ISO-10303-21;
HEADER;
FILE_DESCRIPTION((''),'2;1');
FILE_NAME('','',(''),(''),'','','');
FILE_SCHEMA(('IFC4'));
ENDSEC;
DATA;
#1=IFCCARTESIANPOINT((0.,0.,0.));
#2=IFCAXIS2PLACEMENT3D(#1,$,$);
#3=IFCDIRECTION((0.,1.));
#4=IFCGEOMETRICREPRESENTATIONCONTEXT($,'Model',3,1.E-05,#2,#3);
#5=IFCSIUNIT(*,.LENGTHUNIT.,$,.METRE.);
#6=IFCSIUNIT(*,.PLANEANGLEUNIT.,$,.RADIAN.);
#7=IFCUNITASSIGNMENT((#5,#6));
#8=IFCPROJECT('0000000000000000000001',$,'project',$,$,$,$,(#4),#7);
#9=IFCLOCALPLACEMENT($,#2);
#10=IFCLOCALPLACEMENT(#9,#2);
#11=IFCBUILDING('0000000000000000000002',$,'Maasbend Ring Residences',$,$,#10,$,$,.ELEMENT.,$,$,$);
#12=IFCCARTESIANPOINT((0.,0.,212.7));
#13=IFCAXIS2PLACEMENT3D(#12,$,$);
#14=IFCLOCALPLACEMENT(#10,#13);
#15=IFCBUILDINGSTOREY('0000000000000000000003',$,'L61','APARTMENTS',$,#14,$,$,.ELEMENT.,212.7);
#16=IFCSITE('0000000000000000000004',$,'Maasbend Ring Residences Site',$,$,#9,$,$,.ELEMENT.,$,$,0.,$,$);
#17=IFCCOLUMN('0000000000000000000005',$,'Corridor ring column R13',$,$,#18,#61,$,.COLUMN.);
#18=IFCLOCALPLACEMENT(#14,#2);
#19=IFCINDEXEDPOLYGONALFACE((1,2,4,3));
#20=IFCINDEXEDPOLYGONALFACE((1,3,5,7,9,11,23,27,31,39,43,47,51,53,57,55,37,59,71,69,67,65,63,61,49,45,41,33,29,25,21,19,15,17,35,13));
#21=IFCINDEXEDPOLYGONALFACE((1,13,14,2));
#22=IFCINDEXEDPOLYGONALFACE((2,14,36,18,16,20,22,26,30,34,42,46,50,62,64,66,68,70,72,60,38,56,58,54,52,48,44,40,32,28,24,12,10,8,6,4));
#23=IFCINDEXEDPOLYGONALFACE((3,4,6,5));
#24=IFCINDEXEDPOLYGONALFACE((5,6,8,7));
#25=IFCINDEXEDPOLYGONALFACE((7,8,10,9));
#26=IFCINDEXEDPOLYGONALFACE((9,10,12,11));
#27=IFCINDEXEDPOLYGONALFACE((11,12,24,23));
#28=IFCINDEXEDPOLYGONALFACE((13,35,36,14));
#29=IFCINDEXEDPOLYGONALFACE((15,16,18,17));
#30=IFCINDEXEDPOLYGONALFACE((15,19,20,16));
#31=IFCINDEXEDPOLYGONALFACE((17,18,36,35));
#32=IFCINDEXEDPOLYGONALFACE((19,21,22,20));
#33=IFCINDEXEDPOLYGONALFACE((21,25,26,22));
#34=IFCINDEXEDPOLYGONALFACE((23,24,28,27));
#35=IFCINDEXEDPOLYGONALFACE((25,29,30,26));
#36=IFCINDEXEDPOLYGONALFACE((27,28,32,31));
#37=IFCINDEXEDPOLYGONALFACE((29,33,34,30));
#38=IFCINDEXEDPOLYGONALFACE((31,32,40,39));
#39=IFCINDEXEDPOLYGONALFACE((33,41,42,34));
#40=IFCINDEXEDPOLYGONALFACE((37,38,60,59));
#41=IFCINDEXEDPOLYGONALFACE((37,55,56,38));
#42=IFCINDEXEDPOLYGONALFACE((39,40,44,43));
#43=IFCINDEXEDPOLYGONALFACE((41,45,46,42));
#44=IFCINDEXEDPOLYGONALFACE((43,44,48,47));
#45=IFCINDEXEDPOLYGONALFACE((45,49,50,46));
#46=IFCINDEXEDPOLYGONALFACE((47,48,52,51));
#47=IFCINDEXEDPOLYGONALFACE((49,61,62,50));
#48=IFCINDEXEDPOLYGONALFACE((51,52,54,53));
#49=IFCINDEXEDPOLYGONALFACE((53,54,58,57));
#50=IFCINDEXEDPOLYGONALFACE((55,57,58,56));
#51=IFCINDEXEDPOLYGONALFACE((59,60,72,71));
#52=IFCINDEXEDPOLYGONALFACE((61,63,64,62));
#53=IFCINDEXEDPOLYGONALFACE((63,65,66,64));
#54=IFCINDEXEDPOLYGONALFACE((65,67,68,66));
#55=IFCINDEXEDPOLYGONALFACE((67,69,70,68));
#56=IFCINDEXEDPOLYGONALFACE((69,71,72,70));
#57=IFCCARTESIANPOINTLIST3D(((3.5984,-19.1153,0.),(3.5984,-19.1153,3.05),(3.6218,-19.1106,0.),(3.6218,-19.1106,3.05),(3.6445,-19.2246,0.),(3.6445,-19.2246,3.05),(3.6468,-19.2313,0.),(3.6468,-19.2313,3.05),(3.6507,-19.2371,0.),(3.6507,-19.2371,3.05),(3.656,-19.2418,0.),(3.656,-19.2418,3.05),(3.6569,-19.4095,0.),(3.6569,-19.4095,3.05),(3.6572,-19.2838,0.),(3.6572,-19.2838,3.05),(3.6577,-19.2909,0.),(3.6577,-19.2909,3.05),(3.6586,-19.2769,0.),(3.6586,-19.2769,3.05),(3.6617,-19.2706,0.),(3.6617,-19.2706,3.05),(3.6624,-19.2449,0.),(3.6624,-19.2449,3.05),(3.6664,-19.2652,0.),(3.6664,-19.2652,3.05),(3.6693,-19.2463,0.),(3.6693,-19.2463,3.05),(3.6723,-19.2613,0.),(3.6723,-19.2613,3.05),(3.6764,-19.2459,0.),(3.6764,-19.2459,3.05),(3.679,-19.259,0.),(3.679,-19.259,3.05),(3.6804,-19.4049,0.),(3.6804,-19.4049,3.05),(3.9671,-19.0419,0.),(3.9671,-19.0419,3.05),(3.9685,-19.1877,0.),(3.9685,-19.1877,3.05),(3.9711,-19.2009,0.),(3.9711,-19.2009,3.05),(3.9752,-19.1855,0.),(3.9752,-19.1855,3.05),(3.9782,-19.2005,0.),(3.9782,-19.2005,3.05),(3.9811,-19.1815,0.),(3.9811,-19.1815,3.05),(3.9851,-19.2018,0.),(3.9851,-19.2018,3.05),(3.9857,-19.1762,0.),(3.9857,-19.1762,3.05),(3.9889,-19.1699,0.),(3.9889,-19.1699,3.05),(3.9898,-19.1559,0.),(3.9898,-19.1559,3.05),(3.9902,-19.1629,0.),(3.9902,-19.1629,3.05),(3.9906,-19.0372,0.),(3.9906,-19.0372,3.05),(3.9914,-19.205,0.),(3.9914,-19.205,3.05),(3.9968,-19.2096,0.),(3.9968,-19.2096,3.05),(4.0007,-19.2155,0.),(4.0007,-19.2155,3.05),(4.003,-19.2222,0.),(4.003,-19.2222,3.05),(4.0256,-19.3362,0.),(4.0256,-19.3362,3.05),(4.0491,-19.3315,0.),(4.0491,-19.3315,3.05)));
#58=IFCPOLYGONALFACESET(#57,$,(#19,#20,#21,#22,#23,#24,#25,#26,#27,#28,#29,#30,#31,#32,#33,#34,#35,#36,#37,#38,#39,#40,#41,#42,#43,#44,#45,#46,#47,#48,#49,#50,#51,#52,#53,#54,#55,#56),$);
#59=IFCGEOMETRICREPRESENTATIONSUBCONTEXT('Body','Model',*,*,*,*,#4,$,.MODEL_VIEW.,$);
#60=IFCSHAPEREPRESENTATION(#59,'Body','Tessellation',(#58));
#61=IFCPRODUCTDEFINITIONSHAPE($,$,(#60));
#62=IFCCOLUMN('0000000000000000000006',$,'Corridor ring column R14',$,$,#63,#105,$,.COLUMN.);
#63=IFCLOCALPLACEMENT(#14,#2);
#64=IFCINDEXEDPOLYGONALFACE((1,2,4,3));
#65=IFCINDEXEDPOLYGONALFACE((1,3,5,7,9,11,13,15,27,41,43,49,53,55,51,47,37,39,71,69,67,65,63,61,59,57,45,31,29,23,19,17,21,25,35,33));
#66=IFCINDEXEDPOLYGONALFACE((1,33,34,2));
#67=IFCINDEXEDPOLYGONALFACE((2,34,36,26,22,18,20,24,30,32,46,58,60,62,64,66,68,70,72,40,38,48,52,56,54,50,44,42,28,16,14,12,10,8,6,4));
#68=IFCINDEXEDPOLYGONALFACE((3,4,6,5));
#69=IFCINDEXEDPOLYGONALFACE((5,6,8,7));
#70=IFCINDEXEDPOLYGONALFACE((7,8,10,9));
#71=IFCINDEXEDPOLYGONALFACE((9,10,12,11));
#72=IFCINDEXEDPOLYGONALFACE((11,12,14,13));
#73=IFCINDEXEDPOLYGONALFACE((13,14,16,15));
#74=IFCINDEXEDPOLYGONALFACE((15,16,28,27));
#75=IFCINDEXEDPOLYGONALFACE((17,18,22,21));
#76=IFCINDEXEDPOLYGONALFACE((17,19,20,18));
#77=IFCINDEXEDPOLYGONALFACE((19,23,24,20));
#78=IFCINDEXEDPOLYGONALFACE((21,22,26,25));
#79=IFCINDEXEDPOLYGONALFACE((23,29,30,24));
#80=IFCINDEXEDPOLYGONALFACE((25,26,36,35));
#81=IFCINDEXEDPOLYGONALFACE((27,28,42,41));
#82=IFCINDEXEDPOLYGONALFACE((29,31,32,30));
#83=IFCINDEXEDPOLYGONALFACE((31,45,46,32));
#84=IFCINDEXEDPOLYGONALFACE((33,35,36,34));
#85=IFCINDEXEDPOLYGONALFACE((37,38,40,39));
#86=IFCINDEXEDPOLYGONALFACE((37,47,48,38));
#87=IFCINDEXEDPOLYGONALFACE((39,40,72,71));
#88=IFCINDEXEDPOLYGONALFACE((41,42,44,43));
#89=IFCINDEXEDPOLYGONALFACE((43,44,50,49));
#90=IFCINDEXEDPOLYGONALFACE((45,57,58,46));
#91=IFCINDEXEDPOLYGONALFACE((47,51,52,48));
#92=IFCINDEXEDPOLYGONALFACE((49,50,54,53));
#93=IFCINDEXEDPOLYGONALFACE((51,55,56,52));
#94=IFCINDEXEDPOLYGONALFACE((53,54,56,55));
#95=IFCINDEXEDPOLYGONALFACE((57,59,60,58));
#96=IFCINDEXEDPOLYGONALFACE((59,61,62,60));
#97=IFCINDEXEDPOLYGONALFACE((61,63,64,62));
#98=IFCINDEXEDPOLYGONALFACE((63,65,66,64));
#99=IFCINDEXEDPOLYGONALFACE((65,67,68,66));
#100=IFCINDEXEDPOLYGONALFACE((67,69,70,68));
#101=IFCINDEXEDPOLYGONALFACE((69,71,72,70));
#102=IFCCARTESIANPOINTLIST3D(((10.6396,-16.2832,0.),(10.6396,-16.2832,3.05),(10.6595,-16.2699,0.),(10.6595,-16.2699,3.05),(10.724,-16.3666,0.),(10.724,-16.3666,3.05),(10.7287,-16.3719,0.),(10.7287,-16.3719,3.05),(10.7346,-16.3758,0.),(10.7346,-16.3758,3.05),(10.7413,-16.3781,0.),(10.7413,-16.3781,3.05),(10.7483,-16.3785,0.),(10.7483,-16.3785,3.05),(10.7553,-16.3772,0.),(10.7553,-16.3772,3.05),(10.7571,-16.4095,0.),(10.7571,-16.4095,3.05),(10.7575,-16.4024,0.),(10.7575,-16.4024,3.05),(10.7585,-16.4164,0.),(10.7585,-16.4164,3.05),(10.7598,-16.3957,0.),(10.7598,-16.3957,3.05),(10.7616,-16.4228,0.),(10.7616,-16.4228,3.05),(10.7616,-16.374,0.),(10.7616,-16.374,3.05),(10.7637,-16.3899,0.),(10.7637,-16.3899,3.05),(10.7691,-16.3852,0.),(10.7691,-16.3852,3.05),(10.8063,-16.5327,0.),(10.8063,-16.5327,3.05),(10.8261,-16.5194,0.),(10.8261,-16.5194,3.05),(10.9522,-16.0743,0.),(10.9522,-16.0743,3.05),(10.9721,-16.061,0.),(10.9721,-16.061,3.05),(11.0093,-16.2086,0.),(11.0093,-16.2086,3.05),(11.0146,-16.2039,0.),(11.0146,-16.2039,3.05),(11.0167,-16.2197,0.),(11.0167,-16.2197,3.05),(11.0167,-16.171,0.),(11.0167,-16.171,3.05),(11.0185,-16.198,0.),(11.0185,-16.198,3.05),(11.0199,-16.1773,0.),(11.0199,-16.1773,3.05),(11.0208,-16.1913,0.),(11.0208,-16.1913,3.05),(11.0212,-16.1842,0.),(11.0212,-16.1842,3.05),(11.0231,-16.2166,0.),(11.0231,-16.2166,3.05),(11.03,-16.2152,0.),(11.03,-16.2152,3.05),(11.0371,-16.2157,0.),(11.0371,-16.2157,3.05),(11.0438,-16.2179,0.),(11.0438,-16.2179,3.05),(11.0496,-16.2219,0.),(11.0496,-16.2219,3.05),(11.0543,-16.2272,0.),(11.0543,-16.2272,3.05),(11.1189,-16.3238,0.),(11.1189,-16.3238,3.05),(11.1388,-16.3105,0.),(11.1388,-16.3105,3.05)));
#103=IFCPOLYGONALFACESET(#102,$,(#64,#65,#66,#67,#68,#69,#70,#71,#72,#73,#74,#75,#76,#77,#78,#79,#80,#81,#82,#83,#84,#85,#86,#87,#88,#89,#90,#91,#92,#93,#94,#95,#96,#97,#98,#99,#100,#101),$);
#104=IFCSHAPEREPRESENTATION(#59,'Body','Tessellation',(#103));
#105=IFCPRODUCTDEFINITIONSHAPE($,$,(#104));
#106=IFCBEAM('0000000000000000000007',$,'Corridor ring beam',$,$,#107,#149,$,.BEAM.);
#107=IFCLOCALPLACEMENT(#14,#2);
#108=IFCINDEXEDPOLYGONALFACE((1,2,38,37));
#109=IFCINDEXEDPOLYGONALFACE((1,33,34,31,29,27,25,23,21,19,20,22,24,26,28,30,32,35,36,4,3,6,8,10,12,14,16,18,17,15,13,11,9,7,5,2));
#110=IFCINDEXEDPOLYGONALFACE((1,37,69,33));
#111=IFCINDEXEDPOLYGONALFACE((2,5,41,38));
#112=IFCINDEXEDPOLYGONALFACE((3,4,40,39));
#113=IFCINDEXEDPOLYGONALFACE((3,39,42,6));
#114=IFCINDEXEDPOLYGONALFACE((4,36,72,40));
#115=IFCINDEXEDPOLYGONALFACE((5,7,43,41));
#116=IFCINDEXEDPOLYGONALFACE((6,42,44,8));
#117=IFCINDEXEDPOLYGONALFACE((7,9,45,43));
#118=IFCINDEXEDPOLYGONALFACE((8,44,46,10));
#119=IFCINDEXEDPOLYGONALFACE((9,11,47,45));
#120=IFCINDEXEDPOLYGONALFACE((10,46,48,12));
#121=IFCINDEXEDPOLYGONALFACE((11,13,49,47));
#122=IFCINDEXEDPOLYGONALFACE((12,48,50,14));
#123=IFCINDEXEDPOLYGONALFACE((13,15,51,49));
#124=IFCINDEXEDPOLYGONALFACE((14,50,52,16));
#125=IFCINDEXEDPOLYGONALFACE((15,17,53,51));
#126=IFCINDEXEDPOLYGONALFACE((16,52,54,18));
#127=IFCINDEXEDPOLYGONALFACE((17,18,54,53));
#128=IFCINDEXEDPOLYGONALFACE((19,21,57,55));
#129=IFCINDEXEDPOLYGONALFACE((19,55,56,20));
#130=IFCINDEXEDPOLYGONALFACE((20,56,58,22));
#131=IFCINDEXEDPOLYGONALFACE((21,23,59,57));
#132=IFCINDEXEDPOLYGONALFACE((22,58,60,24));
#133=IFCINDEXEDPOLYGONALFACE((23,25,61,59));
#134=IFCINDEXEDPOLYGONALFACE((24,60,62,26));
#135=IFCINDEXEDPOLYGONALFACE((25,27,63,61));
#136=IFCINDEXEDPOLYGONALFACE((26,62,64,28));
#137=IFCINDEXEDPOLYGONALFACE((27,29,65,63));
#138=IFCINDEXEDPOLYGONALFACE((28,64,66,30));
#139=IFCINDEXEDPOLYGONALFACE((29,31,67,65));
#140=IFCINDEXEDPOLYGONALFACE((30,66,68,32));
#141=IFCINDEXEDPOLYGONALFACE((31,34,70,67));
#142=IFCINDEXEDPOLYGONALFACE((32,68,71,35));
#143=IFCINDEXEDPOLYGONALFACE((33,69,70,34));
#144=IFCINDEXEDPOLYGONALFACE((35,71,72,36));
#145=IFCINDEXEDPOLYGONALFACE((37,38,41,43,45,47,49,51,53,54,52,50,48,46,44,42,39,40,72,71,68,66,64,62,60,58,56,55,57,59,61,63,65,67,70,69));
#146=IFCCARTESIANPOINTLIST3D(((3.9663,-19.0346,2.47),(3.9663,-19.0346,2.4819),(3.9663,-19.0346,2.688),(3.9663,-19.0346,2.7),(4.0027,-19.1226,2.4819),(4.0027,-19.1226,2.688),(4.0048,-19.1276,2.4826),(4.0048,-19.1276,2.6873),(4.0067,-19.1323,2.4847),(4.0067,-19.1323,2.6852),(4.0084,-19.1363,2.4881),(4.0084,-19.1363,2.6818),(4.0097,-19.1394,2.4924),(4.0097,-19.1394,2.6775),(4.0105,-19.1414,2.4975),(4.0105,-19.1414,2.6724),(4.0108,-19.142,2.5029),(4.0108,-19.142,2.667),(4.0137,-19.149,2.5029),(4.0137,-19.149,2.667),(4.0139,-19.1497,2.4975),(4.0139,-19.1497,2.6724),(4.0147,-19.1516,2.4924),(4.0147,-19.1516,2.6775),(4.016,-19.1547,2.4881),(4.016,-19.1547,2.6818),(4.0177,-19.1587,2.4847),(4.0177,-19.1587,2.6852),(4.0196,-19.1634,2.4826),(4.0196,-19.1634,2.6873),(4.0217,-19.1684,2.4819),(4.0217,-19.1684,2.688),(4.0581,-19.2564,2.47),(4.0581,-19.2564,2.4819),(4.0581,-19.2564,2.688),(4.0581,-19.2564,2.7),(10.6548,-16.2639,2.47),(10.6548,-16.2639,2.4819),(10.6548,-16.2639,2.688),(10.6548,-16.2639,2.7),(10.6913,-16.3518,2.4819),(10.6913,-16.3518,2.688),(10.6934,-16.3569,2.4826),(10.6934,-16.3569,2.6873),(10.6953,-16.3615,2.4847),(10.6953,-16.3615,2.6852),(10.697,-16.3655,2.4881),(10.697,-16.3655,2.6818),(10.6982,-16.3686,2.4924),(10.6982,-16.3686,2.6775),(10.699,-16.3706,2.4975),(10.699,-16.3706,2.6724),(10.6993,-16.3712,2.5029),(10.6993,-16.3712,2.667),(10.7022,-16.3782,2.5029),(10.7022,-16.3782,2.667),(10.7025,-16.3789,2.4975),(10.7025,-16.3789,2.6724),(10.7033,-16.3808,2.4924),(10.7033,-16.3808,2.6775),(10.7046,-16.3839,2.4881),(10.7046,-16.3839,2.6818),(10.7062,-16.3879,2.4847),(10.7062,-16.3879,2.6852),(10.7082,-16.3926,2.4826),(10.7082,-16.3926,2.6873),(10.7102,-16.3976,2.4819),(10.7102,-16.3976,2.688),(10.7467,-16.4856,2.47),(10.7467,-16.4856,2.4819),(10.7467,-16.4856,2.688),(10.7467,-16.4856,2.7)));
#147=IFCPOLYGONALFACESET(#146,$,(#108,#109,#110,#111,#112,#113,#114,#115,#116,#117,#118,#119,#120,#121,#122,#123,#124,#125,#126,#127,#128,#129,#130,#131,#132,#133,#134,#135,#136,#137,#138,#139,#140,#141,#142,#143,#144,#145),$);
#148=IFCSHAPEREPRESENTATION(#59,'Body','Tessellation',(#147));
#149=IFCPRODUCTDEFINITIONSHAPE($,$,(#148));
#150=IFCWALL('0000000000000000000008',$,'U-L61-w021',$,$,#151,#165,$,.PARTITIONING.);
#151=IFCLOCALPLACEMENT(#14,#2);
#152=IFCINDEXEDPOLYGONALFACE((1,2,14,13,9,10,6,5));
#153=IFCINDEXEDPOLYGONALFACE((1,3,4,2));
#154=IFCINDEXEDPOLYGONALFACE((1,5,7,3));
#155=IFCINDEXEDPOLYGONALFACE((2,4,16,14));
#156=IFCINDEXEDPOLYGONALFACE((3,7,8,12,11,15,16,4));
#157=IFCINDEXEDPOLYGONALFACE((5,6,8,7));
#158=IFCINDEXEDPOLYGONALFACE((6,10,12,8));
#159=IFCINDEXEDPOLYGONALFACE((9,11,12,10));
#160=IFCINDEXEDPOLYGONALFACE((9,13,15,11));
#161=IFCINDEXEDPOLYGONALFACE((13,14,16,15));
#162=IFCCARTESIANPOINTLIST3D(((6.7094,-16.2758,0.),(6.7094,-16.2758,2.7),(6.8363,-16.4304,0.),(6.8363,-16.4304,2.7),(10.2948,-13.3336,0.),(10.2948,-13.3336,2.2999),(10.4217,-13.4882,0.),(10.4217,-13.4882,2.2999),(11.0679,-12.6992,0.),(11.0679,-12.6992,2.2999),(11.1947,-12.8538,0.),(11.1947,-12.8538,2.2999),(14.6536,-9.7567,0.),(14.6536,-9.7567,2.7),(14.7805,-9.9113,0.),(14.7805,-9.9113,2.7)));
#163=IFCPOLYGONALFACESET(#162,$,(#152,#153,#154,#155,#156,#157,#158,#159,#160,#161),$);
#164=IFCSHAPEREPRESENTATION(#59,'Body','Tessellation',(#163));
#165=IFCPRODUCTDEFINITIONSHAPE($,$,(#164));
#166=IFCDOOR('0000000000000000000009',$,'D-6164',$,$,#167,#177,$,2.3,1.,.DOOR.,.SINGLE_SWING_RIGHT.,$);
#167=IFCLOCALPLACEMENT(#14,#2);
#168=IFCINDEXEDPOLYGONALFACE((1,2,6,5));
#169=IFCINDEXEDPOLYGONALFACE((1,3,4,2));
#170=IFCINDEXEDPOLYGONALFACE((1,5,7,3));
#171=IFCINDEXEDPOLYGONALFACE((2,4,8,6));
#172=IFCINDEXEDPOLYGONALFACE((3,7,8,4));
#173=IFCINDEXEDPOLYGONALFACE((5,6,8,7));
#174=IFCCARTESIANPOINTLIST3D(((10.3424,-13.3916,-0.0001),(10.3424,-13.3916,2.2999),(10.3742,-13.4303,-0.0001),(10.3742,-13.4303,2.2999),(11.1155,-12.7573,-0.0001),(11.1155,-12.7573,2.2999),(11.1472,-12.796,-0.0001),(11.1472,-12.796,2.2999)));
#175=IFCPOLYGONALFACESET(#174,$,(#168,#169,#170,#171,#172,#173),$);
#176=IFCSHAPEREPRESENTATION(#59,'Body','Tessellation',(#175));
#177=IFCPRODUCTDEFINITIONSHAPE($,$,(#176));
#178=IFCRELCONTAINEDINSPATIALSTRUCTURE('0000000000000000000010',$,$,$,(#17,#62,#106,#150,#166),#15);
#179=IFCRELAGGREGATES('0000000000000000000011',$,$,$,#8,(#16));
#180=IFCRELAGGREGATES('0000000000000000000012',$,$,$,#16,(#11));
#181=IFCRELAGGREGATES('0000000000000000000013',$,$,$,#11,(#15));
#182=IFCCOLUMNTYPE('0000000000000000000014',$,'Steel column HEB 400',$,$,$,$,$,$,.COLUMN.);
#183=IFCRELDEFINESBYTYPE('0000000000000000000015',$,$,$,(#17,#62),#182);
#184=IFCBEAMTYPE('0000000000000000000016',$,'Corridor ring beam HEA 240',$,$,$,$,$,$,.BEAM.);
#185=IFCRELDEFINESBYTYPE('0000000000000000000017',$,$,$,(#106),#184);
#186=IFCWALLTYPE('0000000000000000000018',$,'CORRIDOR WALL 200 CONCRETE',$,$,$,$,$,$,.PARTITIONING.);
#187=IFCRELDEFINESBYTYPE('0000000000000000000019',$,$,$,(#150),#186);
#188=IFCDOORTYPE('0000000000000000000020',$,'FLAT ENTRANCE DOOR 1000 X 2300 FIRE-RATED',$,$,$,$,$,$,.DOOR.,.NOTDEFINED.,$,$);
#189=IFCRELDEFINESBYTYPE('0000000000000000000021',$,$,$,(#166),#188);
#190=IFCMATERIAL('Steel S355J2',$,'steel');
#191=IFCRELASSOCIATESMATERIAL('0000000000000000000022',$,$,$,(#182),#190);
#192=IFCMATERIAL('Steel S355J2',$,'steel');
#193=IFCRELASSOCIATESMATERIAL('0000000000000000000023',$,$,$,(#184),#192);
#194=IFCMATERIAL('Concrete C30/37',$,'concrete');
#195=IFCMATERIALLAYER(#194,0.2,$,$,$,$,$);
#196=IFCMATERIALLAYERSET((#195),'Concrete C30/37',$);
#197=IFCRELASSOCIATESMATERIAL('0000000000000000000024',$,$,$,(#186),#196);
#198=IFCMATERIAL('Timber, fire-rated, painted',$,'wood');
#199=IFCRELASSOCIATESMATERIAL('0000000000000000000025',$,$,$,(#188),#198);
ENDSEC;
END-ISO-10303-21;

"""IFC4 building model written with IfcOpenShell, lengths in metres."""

from ifc_helpers import new_model, si_unit, direction, frame, frame_2d, origin, origin_2d, place, context, subcontext, project, spatial, rectangle, i_section, extrude, material, layer, layer_set, material_profile, profile_set, type_object, element, fill, save


model = new_model("IFC4")

# Units and contexts
model_context = context("Model", 3, precision=1e-05, world=origin(), true_north=direction((0.0, 1.0)))
body_context = subcontext(model_context, "Body", "Model", "MODEL_VIEW")
ifc_project = project(units=[si_unit("LENGTHUNIT", "METRE"), si_unit("PLANEANGLEUNIT", "RADIAN")], contexts=[model_context])

# Site, building, storey
site_placement = place(None, origin())
site = spatial("IfcSite", under=ifc_project, at=site_placement, Name="Maasbend Ring Residences Site", CompositionType="ELEMENT", RefElevation=0.0)
building_placement = place(site_placement, origin())
building = spatial("IfcBuilding", under=site, at=building_placement, Name="Maasbend Ring Residences", CompositionType="ELEMENT")
storey_placement = place(building_placement, frame((0.0, 0.0, 212.7)))
storey = spatial("IfcBuildingStorey", under=building, at=storey_placement, Name="L61", Description="APARTMENTS", CompositionType="ELEMENT", Elevation=212.7)

# Columns
ifc_material_1 = material(Name="Steel S355J2", Category="steel")
ifc_material_profile_1 = material_profile(ifc_material_1, i_section(OverallWidth=0.3, OverallDepth=0.3999, WebThickness=0.0134, FlangeThickness=0.0239, FilletRadius=0.0271, at=origin_2d()), Name="HEB 400")
ifc_profile_set_1 = profile_set([ifc_material_profile_1], Name="Steel S355J2")
column_type = type_object("IfcColumnType", Name="Steel column HEB 400", PredefinedType="COLUMN", material=ifc_profile_set_1)
for number, where, z_axis, x_axis, name in (
    (1, (3.8237, -19.2234, 0.0), (0.0, 0.0, 1.0), (0.19509, -0.980785, 0.0), "Corridor ring column R13"),
    (2, (10.8892, -16.2969, 0.0), (0.0, 0.0, 1.0), (0.55557, -0.83147, 0.0), "Corridor ring column R14"),
):
    element("IfcColumn", number, at=place(storey_placement, frame(where, z_axis=z_axis, x_axis=x_axis)), inside=storey, type_object=column_type, Name=name, PredefinedType="COLUMN", context=body_context, shape_type="SweptSolid", body=[
        extrude(i_section(OverallWidth=0.3, OverallDepth=0.3999, WebThickness=0.0134, FlangeThickness=0.0239, FilletRadius=0.0271, at=origin_2d()), origin(), (0.0, 0.0, 1.0), 3.05),
    ])

# Beam
ifc_material_2 = material(Name="Steel S355J2", Category="steel")
ifc_material_profile_2 = material_profile(ifc_material_2, i_section(OverallWidth=0.24, OverallDepth=0.23, WebThickness=0.0076, FlangeThickness=0.012, FilletRadius=0.021, at=origin_2d()), Name="HEA 240")
ifc_profile_set_2 = profile_set([ifc_material_profile_2], Name="Steel S355J2")
beam_type = type_object("IfcBeamType", Name="Corridor ring beam HEA 240", PredefinedType="BEAM", material=ifc_profile_set_2)
beam_placement = place(storey_placement, frame((4.0122, -19.1455, 2.585), z_axis=(0.923865, 0.382718, 0.0), x_axis=(-0.382718, 0.923865, 0.0)))
element("IfcBeam", 3, at=beam_placement, inside=storey, type_object=beam_type, Name="Corridor ring beam", PredefinedType="BEAM", context=body_context, shape_type="SweptSolid", body=[
    extrude(i_section(OverallWidth=0.24, OverallDepth=0.23, WebThickness=0.0076, FlangeThickness=0.012, FilletRadius=0.021, at=origin_2d()), origin(), (0.0, 0.0, 1.0), 7.2397),
])

# Wall, opening, door
ifc_material_3 = material(Name="Concrete C30/37", Category="concrete")
ifc_layer_1 = layer(ifc_material_3, 0.2)
ifc_layer_set_1 = layer_set([ifc_layer_1], Name="Concrete C30/37")
wall_type_1 = type_object("IfcWallType", Name="CORRIDOR WALL 200 CONCRETE", PredefinedType="PARTITIONING", material=ifc_layer_set_1)
wall_1_placement = place(storey_placement, frame((6.7729, -16.353, 0.0), z_axis=(0.0, 0.0, 1.0), x_axis=(0.773035, 0.634364, 0.0)))
wall_1 = element("IfcWall", 4, at=wall_1_placement, inside=storey, type_object=wall_type_1, Name="U-L61-w021", PredefinedType="PARTITIONING", context=body_context, shape_type="SweptSolid", body=[
    extrude(rectangle(XDim=10.2766, YDim=0.2, at=frame_2d((5.1382, 0.0))), origin(), (0.0, 0.0, 1.0), 2.7),
])
opening_1_placement = place(wall_1_placement, frame((4.6379, 0.0, 0.0)))
opening_1 = element("IfcOpeningElement", 5, at=opening_1_placement, cuts=wall_1, PredefinedType="OPENING", context=body_context, shape_type="SweptSolid", body=[
    extrude(rectangle(XDim=1.0, YDim=2.3, at=frame_2d((0.5, 1.1499))), frame((0.0, 0.1099, 0.0), z_axis=(0.0, -1.0, 0.0), x_axis=(1.0, 0.0, 0.0)), (0.0, 0.0, 1.0), 0.22),
])
ifc_material_4 = material(Name="Timber, fire-rated, painted", Category="wood")
door_type_1 = type_object("IfcDoorType", Name="FLAT ENTRANCE DOOR 1000 X 2300 FIRE-RATED", OperationType="NOTDEFINED", PredefinedType="DOOR", material=ifc_material_4)
door_1_placement = place(opening_1_placement, origin())
door_1 = element("IfcDoor", 6, at=door_1_placement, inside=storey, type_object=door_type_1, Name="D-6164", OperationType="SINGLE_SWING_RIGHT", OverallHeight=2.3, OverallWidth=1.0, PredefinedType="DOOR", context=body_context, shape_type="SweptSolid", body=[
    extrude(rectangle(XDim=1.0, YDim=2.3, at=frame_2d((0.5, 1.1499))), frame((0.0, 0.0249, 0.0), z_axis=(0.0, -1.0, 0.0), x_axis=(1.0, 0.0, 0.0)), (0.0, 0.0, 1.0), 0.05),
])
fill(opening_1, door_1)

save(model, "model.ifc")
